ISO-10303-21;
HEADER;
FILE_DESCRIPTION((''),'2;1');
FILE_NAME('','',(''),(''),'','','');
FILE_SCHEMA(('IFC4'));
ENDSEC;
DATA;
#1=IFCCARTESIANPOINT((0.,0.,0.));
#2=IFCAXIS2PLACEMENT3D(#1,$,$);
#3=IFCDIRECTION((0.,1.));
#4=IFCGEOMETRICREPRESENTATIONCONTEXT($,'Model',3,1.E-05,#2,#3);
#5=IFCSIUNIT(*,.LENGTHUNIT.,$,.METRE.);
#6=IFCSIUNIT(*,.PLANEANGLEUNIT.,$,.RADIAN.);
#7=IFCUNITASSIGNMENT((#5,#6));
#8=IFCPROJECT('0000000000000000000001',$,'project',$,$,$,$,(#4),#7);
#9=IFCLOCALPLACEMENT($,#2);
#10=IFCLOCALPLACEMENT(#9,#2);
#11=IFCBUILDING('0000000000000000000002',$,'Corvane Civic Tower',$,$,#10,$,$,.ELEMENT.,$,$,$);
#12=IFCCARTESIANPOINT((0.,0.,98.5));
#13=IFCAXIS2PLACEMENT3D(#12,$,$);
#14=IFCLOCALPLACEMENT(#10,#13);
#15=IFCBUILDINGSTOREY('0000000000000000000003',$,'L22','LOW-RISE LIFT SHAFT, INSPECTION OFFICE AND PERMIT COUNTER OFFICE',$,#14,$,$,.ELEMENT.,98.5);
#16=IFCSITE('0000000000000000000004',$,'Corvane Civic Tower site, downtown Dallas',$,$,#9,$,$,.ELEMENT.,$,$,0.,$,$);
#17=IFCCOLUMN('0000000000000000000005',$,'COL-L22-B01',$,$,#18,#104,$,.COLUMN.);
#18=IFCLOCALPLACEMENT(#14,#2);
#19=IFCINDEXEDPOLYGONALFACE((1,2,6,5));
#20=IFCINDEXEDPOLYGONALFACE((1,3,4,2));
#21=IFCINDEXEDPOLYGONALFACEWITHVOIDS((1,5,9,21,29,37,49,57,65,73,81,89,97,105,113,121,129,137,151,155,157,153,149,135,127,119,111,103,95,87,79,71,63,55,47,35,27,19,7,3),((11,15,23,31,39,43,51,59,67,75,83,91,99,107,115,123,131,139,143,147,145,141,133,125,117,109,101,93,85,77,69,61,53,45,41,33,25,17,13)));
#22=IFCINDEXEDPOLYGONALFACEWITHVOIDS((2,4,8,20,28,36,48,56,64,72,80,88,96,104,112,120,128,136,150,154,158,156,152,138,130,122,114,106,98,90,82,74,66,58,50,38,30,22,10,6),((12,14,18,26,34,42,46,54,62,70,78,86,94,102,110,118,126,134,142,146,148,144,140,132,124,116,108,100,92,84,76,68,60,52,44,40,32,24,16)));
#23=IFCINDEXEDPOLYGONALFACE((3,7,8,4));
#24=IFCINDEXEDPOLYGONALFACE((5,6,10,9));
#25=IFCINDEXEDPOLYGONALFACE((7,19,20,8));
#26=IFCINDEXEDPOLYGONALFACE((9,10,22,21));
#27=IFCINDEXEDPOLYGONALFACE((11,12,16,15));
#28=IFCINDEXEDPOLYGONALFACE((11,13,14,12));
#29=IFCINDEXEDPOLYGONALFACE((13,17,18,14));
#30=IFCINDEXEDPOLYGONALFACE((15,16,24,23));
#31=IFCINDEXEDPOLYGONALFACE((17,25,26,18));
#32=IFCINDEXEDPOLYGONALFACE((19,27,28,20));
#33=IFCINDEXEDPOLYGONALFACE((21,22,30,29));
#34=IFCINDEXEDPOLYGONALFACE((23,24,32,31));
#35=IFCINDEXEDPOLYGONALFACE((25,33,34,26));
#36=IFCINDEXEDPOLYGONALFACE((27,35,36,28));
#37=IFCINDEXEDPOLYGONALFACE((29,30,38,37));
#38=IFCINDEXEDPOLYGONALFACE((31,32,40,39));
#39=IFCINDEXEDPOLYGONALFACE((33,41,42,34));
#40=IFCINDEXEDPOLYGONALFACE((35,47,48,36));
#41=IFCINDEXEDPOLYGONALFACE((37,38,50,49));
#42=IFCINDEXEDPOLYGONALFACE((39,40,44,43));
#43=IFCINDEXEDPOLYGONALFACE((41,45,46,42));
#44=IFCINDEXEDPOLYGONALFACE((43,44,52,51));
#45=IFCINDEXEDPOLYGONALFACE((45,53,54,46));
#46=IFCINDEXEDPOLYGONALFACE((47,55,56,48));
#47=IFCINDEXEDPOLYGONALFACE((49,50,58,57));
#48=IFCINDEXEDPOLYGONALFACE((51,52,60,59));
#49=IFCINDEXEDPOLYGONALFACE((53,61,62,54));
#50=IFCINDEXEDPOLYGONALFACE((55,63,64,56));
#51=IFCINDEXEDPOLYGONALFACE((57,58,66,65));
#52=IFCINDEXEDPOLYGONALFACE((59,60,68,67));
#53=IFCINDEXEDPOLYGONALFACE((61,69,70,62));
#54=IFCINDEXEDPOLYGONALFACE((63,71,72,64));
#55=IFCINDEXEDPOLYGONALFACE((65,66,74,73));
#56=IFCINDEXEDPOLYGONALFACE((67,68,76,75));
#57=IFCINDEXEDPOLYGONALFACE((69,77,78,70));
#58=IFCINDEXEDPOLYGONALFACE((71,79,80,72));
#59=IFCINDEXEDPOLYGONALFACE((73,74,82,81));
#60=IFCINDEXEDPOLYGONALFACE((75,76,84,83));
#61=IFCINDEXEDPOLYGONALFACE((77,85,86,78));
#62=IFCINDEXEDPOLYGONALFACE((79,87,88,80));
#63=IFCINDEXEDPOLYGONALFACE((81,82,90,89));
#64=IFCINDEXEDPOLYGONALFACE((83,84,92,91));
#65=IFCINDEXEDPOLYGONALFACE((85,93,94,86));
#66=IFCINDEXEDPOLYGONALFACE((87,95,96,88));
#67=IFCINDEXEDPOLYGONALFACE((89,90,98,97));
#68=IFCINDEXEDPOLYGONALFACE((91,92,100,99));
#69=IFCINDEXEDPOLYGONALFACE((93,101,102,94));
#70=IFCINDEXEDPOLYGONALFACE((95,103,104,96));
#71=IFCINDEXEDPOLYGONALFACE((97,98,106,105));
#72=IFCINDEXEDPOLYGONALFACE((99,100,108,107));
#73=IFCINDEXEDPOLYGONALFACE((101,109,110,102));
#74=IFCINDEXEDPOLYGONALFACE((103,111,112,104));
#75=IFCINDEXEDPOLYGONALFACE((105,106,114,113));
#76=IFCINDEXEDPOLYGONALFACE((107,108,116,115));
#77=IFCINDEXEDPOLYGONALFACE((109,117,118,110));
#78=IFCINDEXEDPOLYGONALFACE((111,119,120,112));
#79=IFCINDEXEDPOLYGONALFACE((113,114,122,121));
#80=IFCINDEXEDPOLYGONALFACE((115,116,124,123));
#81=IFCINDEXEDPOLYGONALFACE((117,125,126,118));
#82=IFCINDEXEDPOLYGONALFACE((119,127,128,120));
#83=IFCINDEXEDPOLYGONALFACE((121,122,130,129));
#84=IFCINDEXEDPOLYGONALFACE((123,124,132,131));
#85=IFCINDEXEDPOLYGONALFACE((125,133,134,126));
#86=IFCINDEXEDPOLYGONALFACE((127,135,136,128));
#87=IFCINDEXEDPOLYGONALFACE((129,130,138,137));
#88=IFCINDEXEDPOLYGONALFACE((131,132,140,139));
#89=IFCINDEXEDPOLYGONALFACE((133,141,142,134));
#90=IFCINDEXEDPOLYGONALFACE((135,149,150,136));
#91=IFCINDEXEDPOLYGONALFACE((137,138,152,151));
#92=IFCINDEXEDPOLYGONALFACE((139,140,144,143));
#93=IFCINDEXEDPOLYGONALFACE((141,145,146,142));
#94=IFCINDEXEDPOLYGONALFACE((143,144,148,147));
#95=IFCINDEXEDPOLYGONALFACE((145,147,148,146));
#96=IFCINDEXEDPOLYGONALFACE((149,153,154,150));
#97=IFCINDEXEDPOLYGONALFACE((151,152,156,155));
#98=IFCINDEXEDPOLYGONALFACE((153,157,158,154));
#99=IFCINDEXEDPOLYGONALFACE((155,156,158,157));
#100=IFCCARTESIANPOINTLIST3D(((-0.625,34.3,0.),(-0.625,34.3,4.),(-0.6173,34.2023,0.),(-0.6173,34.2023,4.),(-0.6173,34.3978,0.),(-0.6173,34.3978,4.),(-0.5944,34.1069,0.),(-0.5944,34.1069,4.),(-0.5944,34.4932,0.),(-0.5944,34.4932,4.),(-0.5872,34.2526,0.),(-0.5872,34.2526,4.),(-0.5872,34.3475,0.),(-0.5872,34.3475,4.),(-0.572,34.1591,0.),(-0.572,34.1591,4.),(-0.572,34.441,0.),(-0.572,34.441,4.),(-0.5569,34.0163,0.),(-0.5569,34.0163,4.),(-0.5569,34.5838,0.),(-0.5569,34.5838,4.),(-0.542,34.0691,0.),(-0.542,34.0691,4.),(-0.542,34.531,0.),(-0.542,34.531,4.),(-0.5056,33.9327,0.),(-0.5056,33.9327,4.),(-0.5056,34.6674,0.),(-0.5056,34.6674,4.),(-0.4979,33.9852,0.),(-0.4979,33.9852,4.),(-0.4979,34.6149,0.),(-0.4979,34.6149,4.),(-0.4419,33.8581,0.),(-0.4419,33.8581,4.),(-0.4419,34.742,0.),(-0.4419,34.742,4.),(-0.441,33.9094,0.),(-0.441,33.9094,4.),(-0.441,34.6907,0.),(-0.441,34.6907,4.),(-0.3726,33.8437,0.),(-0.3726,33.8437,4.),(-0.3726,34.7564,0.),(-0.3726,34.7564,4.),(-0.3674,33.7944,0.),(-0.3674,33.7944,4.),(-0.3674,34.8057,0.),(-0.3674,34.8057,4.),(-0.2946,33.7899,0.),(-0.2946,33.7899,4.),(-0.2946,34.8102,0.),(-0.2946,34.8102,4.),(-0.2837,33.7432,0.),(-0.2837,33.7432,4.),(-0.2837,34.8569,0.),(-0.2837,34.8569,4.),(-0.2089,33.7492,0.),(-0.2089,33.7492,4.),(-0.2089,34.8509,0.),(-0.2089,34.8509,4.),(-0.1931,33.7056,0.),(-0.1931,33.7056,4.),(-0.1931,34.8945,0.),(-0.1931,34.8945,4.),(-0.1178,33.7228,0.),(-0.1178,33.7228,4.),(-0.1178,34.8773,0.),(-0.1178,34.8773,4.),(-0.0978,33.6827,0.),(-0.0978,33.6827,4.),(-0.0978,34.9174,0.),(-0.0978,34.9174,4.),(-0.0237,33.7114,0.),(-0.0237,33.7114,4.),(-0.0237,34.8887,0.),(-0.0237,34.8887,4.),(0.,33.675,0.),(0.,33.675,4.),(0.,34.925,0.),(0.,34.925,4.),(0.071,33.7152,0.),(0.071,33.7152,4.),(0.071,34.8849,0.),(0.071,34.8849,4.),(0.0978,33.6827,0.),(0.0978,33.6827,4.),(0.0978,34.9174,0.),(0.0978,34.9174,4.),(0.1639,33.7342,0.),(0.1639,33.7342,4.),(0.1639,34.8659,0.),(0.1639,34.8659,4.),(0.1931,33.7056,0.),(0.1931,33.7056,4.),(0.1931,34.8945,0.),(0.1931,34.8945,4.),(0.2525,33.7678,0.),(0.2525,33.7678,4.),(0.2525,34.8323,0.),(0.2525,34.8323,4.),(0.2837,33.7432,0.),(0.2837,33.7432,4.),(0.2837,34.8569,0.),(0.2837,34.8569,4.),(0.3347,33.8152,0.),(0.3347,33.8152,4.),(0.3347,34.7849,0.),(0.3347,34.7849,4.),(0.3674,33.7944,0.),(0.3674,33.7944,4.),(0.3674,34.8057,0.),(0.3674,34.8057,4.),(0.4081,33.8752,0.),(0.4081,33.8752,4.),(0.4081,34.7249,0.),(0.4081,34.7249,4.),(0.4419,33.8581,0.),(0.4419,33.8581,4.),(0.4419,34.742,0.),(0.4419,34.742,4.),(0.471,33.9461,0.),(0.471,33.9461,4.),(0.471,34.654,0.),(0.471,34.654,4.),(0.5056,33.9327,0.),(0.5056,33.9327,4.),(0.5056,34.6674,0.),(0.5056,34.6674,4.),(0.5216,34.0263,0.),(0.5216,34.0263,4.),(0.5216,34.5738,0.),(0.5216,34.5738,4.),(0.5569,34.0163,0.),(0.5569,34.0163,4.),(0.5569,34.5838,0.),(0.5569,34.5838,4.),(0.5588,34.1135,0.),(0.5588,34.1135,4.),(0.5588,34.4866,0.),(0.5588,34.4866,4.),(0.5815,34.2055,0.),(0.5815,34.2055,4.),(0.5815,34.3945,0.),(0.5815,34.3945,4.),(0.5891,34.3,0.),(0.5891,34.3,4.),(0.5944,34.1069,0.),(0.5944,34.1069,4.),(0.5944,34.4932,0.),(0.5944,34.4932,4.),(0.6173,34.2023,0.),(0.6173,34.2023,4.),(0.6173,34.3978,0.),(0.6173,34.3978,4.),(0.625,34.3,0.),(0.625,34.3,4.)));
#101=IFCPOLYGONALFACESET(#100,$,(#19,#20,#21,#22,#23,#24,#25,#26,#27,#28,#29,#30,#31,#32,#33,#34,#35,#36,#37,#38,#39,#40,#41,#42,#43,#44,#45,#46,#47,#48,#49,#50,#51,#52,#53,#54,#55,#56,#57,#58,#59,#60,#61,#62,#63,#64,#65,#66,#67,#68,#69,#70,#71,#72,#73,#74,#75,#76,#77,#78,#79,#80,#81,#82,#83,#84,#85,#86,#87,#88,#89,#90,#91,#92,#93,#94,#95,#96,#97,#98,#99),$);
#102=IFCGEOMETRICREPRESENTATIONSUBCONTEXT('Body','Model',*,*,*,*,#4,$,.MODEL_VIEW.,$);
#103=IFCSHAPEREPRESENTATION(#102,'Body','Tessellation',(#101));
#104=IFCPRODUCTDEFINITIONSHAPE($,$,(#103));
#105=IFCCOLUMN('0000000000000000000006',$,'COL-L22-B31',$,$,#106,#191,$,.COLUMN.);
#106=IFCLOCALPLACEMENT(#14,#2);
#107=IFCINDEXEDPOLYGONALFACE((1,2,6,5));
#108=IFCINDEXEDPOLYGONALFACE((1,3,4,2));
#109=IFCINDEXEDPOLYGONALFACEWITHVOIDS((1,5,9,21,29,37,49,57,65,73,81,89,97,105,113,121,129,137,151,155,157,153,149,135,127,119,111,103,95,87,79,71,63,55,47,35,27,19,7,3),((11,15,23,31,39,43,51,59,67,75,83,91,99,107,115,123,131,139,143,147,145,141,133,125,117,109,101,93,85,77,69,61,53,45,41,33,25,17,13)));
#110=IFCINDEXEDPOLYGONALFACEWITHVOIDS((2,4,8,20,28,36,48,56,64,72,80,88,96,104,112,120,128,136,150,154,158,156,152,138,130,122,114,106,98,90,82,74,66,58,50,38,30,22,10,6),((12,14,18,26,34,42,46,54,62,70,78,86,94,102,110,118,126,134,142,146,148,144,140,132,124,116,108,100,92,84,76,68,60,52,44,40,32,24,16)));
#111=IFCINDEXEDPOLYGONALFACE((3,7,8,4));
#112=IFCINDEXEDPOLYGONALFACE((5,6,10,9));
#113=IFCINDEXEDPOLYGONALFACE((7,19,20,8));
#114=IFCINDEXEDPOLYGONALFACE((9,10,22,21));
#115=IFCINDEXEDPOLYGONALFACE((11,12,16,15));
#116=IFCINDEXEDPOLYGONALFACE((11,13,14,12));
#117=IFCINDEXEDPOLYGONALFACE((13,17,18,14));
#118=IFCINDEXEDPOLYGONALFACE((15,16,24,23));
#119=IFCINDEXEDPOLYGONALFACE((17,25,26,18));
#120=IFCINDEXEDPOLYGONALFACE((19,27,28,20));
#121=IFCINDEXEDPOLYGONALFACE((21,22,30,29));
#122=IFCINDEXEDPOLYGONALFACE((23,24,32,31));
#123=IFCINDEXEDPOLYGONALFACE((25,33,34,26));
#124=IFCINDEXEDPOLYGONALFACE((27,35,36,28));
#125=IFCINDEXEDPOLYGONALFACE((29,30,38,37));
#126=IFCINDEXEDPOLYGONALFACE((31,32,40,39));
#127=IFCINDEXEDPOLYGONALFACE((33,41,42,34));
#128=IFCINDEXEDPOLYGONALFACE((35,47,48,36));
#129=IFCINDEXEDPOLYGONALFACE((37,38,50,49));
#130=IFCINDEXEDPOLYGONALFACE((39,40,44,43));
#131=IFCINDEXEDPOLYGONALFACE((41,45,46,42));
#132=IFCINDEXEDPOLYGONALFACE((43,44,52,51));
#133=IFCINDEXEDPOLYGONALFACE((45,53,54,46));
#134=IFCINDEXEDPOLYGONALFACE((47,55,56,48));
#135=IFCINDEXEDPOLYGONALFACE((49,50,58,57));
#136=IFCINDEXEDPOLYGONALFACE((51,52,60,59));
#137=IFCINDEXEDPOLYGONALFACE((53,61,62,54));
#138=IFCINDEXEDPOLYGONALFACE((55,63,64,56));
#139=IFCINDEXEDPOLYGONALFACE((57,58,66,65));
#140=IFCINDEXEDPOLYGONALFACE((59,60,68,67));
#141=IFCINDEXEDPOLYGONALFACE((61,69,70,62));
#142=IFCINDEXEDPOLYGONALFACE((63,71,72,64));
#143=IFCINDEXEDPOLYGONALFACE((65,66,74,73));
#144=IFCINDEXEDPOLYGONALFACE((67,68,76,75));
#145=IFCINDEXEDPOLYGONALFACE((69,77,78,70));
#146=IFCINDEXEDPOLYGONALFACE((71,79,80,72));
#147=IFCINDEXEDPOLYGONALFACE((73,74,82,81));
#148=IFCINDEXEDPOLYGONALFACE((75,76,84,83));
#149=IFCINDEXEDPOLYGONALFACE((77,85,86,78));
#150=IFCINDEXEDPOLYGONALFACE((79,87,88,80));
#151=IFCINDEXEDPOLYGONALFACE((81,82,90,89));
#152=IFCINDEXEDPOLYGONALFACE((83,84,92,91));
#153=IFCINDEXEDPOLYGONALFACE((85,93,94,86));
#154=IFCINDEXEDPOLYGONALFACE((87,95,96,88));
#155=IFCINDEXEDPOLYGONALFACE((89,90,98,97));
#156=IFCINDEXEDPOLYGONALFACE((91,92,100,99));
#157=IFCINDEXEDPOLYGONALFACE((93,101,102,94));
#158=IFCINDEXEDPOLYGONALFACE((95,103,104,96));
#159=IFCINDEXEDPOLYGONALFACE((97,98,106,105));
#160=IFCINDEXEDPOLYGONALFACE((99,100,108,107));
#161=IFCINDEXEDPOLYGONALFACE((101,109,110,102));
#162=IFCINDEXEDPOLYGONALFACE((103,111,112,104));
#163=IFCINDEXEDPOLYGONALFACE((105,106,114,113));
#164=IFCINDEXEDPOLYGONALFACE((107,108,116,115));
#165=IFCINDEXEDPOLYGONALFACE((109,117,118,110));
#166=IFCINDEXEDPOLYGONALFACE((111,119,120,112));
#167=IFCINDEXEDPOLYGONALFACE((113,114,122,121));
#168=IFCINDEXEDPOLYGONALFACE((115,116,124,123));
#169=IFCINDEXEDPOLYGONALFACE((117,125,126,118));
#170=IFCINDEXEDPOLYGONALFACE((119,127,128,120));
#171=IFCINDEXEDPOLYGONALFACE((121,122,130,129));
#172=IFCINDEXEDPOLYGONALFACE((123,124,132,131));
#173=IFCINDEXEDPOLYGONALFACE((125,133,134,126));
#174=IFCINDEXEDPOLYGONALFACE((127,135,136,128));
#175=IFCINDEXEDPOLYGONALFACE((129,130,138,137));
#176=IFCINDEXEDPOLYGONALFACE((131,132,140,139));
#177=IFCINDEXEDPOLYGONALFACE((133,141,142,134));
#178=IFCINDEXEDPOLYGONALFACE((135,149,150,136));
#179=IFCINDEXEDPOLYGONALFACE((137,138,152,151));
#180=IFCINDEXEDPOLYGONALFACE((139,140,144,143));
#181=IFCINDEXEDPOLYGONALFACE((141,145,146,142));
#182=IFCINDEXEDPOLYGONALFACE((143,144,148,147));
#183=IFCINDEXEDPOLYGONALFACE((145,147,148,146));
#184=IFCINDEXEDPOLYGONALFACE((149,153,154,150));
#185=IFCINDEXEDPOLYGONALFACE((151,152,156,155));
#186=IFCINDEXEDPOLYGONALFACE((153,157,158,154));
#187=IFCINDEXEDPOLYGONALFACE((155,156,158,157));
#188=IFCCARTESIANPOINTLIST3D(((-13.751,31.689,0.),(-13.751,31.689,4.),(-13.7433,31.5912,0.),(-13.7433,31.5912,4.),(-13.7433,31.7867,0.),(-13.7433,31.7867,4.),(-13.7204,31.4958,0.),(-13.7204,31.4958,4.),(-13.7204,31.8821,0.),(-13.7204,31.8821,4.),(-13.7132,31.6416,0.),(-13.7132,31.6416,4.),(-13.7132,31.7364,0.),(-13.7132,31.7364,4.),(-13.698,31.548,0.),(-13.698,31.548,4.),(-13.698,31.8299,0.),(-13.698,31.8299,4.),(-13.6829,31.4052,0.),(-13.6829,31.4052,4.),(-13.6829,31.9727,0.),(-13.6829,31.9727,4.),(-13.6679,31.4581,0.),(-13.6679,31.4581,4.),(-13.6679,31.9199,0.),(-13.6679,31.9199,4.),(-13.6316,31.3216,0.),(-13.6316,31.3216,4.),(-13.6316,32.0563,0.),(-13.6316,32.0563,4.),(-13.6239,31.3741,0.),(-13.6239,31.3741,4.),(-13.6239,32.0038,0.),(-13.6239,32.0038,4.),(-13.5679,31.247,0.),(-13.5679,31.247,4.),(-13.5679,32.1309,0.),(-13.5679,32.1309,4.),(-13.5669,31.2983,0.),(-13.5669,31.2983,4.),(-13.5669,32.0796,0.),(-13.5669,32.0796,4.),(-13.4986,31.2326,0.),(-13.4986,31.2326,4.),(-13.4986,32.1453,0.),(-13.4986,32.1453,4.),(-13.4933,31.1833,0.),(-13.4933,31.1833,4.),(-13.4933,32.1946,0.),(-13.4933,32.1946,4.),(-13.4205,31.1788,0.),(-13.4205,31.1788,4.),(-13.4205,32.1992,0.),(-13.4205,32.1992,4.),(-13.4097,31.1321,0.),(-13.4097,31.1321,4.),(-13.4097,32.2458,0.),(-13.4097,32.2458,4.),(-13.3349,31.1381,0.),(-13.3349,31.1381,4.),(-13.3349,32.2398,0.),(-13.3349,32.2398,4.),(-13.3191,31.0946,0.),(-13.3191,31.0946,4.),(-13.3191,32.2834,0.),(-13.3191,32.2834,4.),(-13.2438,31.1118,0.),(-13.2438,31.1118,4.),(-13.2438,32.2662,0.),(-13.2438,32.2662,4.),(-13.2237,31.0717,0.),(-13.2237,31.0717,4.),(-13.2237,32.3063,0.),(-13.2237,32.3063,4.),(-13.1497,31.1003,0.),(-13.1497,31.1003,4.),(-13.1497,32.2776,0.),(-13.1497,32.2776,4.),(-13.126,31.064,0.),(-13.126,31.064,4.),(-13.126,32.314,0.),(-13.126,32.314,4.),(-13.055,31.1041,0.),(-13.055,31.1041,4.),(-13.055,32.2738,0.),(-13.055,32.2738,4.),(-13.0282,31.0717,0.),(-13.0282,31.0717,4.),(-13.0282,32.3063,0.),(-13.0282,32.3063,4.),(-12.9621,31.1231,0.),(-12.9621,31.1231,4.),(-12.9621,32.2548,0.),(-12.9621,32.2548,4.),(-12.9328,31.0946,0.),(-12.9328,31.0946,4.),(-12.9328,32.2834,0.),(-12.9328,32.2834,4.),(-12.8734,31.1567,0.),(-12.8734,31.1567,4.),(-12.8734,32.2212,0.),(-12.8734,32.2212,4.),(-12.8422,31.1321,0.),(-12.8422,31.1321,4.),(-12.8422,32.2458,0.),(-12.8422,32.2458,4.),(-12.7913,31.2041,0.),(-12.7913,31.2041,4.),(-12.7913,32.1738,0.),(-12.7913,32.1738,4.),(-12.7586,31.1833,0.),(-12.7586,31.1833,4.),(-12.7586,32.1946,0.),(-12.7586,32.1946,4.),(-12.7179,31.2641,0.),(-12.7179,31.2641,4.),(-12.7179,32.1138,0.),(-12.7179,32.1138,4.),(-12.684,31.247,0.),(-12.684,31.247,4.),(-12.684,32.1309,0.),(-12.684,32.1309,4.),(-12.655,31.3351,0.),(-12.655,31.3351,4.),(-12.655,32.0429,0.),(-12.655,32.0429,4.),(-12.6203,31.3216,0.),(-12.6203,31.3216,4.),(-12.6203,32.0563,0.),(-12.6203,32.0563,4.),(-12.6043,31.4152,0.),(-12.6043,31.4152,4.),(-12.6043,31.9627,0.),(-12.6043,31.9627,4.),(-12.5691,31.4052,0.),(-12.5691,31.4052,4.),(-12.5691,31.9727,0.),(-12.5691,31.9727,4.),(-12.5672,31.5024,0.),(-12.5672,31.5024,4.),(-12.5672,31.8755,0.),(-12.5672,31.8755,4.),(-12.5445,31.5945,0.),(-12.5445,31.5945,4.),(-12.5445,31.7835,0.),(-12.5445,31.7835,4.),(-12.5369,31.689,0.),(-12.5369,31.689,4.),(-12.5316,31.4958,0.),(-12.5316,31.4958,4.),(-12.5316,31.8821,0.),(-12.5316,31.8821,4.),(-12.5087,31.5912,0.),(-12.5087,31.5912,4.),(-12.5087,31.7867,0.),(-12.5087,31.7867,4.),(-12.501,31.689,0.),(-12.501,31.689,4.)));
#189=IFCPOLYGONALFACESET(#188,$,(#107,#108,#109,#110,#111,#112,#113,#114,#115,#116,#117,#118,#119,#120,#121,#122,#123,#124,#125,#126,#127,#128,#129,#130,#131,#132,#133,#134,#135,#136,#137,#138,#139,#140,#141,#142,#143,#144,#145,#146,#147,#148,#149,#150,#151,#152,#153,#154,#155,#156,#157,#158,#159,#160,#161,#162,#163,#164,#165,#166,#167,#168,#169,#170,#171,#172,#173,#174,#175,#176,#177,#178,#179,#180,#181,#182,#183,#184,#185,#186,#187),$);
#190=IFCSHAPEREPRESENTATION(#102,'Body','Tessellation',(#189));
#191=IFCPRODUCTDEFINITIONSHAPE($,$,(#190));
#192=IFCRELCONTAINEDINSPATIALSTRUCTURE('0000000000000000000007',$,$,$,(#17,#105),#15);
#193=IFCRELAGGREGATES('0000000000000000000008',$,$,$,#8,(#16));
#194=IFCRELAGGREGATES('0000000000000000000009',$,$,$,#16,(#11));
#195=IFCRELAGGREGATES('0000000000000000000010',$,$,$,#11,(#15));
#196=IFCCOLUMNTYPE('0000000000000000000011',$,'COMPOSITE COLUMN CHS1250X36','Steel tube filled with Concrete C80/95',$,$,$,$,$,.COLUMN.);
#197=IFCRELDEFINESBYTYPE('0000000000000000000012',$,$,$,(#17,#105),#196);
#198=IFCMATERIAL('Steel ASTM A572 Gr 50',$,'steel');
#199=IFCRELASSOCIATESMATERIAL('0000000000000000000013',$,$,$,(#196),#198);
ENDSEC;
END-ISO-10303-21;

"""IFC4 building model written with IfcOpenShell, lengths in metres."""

from ifc_helpers import new_model, si_unit, direction, frame, origin, origin_2d, place, context, subcontext, project, spatial, hollow_circle, extrude, material, material_profile, profile_set, type_object, element, save


model = new_model("IFC4")

# Units and contexts
model_context = context("Model", 3, precision=1e-05, world=origin(), true_north=direction((0.0, 1.0)))
body_context = subcontext(model_context, "Body", "Model", "MODEL_VIEW")
ifc_project = project(units=[si_unit("LENGTHUNIT", "METRE"), si_unit("PLANEANGLEUNIT", "RADIAN")], contexts=[model_context])

# Site, building, storey
site_placement = place(None, origin())
site = spatial("IfcSite", under=ifc_project, at=site_placement, Name="Corvane Civic Tower site, downtown Dallas", CompositionType="ELEMENT", RefElevation=0.0)
building_placement = place(site_placement, origin())
building = spatial("IfcBuilding", under=site, at=building_placement, Name="Corvane Civic Tower", CompositionType="ELEMENT")
storey_placement = place(building_placement, frame((0.0, 0.0, 98.5)))
storey = spatial("IfcBuildingStorey", under=building, at=storey_placement, Name="L22", Description="LOW-RISE LIFT SHAFT, INSPECTION OFFICE AND PERMIT COUNTER OFFICE", CompositionType="ELEMENT", Elevation=98.5)

# Columns
ifc_material_1 = material(Name="Steel ASTM A572 Gr 50", Category="steel")
ifc_material_profile_1 = material_profile(ifc_material_1, hollow_circle(Radius=0.625, WallThickness=0.0359, at=origin_2d()), Name="CHS1250X36")
ifc_profile_set_1 = profile_set([ifc_material_profile_1], Name="Steel ASTM A572 Gr 50")
column_type = type_object("IfcColumnType", Name="COMPOSITE COLUMN CHS1250X36", Description="Steel tube filled with Concrete C80/95", PredefinedType="COLUMN", material=ifc_profile_set_1)
for number, where, z_axis, x_axis, name in (
    (1, (0.0, 34.3, 0.0), (0.0, 0.0, 1.0), (1.0, 0.0, 0.0), "COL-L22-B01"),
    (2, (-13.126, 31.689, 0.0), (0.0, 0.0, 1.0), (1.0, 0.0, 0.0), "COL-L22-B31"),
):
    element("IfcColumn", number, at=place(storey_placement, frame(where, z_axis=z_axis, x_axis=x_axis)), inside=storey, type_object=column_type, Name=name, PredefinedType="COLUMN", context=body_context, shape_type="SweptSolid", body=[
        extrude(hollow_circle(Radius=0.625, WallThickness=0.0359, at=origin_2d()), origin(), (0.0, 0.0, 1.0), 4.0),
    ])

save(model, "model.ifc")
